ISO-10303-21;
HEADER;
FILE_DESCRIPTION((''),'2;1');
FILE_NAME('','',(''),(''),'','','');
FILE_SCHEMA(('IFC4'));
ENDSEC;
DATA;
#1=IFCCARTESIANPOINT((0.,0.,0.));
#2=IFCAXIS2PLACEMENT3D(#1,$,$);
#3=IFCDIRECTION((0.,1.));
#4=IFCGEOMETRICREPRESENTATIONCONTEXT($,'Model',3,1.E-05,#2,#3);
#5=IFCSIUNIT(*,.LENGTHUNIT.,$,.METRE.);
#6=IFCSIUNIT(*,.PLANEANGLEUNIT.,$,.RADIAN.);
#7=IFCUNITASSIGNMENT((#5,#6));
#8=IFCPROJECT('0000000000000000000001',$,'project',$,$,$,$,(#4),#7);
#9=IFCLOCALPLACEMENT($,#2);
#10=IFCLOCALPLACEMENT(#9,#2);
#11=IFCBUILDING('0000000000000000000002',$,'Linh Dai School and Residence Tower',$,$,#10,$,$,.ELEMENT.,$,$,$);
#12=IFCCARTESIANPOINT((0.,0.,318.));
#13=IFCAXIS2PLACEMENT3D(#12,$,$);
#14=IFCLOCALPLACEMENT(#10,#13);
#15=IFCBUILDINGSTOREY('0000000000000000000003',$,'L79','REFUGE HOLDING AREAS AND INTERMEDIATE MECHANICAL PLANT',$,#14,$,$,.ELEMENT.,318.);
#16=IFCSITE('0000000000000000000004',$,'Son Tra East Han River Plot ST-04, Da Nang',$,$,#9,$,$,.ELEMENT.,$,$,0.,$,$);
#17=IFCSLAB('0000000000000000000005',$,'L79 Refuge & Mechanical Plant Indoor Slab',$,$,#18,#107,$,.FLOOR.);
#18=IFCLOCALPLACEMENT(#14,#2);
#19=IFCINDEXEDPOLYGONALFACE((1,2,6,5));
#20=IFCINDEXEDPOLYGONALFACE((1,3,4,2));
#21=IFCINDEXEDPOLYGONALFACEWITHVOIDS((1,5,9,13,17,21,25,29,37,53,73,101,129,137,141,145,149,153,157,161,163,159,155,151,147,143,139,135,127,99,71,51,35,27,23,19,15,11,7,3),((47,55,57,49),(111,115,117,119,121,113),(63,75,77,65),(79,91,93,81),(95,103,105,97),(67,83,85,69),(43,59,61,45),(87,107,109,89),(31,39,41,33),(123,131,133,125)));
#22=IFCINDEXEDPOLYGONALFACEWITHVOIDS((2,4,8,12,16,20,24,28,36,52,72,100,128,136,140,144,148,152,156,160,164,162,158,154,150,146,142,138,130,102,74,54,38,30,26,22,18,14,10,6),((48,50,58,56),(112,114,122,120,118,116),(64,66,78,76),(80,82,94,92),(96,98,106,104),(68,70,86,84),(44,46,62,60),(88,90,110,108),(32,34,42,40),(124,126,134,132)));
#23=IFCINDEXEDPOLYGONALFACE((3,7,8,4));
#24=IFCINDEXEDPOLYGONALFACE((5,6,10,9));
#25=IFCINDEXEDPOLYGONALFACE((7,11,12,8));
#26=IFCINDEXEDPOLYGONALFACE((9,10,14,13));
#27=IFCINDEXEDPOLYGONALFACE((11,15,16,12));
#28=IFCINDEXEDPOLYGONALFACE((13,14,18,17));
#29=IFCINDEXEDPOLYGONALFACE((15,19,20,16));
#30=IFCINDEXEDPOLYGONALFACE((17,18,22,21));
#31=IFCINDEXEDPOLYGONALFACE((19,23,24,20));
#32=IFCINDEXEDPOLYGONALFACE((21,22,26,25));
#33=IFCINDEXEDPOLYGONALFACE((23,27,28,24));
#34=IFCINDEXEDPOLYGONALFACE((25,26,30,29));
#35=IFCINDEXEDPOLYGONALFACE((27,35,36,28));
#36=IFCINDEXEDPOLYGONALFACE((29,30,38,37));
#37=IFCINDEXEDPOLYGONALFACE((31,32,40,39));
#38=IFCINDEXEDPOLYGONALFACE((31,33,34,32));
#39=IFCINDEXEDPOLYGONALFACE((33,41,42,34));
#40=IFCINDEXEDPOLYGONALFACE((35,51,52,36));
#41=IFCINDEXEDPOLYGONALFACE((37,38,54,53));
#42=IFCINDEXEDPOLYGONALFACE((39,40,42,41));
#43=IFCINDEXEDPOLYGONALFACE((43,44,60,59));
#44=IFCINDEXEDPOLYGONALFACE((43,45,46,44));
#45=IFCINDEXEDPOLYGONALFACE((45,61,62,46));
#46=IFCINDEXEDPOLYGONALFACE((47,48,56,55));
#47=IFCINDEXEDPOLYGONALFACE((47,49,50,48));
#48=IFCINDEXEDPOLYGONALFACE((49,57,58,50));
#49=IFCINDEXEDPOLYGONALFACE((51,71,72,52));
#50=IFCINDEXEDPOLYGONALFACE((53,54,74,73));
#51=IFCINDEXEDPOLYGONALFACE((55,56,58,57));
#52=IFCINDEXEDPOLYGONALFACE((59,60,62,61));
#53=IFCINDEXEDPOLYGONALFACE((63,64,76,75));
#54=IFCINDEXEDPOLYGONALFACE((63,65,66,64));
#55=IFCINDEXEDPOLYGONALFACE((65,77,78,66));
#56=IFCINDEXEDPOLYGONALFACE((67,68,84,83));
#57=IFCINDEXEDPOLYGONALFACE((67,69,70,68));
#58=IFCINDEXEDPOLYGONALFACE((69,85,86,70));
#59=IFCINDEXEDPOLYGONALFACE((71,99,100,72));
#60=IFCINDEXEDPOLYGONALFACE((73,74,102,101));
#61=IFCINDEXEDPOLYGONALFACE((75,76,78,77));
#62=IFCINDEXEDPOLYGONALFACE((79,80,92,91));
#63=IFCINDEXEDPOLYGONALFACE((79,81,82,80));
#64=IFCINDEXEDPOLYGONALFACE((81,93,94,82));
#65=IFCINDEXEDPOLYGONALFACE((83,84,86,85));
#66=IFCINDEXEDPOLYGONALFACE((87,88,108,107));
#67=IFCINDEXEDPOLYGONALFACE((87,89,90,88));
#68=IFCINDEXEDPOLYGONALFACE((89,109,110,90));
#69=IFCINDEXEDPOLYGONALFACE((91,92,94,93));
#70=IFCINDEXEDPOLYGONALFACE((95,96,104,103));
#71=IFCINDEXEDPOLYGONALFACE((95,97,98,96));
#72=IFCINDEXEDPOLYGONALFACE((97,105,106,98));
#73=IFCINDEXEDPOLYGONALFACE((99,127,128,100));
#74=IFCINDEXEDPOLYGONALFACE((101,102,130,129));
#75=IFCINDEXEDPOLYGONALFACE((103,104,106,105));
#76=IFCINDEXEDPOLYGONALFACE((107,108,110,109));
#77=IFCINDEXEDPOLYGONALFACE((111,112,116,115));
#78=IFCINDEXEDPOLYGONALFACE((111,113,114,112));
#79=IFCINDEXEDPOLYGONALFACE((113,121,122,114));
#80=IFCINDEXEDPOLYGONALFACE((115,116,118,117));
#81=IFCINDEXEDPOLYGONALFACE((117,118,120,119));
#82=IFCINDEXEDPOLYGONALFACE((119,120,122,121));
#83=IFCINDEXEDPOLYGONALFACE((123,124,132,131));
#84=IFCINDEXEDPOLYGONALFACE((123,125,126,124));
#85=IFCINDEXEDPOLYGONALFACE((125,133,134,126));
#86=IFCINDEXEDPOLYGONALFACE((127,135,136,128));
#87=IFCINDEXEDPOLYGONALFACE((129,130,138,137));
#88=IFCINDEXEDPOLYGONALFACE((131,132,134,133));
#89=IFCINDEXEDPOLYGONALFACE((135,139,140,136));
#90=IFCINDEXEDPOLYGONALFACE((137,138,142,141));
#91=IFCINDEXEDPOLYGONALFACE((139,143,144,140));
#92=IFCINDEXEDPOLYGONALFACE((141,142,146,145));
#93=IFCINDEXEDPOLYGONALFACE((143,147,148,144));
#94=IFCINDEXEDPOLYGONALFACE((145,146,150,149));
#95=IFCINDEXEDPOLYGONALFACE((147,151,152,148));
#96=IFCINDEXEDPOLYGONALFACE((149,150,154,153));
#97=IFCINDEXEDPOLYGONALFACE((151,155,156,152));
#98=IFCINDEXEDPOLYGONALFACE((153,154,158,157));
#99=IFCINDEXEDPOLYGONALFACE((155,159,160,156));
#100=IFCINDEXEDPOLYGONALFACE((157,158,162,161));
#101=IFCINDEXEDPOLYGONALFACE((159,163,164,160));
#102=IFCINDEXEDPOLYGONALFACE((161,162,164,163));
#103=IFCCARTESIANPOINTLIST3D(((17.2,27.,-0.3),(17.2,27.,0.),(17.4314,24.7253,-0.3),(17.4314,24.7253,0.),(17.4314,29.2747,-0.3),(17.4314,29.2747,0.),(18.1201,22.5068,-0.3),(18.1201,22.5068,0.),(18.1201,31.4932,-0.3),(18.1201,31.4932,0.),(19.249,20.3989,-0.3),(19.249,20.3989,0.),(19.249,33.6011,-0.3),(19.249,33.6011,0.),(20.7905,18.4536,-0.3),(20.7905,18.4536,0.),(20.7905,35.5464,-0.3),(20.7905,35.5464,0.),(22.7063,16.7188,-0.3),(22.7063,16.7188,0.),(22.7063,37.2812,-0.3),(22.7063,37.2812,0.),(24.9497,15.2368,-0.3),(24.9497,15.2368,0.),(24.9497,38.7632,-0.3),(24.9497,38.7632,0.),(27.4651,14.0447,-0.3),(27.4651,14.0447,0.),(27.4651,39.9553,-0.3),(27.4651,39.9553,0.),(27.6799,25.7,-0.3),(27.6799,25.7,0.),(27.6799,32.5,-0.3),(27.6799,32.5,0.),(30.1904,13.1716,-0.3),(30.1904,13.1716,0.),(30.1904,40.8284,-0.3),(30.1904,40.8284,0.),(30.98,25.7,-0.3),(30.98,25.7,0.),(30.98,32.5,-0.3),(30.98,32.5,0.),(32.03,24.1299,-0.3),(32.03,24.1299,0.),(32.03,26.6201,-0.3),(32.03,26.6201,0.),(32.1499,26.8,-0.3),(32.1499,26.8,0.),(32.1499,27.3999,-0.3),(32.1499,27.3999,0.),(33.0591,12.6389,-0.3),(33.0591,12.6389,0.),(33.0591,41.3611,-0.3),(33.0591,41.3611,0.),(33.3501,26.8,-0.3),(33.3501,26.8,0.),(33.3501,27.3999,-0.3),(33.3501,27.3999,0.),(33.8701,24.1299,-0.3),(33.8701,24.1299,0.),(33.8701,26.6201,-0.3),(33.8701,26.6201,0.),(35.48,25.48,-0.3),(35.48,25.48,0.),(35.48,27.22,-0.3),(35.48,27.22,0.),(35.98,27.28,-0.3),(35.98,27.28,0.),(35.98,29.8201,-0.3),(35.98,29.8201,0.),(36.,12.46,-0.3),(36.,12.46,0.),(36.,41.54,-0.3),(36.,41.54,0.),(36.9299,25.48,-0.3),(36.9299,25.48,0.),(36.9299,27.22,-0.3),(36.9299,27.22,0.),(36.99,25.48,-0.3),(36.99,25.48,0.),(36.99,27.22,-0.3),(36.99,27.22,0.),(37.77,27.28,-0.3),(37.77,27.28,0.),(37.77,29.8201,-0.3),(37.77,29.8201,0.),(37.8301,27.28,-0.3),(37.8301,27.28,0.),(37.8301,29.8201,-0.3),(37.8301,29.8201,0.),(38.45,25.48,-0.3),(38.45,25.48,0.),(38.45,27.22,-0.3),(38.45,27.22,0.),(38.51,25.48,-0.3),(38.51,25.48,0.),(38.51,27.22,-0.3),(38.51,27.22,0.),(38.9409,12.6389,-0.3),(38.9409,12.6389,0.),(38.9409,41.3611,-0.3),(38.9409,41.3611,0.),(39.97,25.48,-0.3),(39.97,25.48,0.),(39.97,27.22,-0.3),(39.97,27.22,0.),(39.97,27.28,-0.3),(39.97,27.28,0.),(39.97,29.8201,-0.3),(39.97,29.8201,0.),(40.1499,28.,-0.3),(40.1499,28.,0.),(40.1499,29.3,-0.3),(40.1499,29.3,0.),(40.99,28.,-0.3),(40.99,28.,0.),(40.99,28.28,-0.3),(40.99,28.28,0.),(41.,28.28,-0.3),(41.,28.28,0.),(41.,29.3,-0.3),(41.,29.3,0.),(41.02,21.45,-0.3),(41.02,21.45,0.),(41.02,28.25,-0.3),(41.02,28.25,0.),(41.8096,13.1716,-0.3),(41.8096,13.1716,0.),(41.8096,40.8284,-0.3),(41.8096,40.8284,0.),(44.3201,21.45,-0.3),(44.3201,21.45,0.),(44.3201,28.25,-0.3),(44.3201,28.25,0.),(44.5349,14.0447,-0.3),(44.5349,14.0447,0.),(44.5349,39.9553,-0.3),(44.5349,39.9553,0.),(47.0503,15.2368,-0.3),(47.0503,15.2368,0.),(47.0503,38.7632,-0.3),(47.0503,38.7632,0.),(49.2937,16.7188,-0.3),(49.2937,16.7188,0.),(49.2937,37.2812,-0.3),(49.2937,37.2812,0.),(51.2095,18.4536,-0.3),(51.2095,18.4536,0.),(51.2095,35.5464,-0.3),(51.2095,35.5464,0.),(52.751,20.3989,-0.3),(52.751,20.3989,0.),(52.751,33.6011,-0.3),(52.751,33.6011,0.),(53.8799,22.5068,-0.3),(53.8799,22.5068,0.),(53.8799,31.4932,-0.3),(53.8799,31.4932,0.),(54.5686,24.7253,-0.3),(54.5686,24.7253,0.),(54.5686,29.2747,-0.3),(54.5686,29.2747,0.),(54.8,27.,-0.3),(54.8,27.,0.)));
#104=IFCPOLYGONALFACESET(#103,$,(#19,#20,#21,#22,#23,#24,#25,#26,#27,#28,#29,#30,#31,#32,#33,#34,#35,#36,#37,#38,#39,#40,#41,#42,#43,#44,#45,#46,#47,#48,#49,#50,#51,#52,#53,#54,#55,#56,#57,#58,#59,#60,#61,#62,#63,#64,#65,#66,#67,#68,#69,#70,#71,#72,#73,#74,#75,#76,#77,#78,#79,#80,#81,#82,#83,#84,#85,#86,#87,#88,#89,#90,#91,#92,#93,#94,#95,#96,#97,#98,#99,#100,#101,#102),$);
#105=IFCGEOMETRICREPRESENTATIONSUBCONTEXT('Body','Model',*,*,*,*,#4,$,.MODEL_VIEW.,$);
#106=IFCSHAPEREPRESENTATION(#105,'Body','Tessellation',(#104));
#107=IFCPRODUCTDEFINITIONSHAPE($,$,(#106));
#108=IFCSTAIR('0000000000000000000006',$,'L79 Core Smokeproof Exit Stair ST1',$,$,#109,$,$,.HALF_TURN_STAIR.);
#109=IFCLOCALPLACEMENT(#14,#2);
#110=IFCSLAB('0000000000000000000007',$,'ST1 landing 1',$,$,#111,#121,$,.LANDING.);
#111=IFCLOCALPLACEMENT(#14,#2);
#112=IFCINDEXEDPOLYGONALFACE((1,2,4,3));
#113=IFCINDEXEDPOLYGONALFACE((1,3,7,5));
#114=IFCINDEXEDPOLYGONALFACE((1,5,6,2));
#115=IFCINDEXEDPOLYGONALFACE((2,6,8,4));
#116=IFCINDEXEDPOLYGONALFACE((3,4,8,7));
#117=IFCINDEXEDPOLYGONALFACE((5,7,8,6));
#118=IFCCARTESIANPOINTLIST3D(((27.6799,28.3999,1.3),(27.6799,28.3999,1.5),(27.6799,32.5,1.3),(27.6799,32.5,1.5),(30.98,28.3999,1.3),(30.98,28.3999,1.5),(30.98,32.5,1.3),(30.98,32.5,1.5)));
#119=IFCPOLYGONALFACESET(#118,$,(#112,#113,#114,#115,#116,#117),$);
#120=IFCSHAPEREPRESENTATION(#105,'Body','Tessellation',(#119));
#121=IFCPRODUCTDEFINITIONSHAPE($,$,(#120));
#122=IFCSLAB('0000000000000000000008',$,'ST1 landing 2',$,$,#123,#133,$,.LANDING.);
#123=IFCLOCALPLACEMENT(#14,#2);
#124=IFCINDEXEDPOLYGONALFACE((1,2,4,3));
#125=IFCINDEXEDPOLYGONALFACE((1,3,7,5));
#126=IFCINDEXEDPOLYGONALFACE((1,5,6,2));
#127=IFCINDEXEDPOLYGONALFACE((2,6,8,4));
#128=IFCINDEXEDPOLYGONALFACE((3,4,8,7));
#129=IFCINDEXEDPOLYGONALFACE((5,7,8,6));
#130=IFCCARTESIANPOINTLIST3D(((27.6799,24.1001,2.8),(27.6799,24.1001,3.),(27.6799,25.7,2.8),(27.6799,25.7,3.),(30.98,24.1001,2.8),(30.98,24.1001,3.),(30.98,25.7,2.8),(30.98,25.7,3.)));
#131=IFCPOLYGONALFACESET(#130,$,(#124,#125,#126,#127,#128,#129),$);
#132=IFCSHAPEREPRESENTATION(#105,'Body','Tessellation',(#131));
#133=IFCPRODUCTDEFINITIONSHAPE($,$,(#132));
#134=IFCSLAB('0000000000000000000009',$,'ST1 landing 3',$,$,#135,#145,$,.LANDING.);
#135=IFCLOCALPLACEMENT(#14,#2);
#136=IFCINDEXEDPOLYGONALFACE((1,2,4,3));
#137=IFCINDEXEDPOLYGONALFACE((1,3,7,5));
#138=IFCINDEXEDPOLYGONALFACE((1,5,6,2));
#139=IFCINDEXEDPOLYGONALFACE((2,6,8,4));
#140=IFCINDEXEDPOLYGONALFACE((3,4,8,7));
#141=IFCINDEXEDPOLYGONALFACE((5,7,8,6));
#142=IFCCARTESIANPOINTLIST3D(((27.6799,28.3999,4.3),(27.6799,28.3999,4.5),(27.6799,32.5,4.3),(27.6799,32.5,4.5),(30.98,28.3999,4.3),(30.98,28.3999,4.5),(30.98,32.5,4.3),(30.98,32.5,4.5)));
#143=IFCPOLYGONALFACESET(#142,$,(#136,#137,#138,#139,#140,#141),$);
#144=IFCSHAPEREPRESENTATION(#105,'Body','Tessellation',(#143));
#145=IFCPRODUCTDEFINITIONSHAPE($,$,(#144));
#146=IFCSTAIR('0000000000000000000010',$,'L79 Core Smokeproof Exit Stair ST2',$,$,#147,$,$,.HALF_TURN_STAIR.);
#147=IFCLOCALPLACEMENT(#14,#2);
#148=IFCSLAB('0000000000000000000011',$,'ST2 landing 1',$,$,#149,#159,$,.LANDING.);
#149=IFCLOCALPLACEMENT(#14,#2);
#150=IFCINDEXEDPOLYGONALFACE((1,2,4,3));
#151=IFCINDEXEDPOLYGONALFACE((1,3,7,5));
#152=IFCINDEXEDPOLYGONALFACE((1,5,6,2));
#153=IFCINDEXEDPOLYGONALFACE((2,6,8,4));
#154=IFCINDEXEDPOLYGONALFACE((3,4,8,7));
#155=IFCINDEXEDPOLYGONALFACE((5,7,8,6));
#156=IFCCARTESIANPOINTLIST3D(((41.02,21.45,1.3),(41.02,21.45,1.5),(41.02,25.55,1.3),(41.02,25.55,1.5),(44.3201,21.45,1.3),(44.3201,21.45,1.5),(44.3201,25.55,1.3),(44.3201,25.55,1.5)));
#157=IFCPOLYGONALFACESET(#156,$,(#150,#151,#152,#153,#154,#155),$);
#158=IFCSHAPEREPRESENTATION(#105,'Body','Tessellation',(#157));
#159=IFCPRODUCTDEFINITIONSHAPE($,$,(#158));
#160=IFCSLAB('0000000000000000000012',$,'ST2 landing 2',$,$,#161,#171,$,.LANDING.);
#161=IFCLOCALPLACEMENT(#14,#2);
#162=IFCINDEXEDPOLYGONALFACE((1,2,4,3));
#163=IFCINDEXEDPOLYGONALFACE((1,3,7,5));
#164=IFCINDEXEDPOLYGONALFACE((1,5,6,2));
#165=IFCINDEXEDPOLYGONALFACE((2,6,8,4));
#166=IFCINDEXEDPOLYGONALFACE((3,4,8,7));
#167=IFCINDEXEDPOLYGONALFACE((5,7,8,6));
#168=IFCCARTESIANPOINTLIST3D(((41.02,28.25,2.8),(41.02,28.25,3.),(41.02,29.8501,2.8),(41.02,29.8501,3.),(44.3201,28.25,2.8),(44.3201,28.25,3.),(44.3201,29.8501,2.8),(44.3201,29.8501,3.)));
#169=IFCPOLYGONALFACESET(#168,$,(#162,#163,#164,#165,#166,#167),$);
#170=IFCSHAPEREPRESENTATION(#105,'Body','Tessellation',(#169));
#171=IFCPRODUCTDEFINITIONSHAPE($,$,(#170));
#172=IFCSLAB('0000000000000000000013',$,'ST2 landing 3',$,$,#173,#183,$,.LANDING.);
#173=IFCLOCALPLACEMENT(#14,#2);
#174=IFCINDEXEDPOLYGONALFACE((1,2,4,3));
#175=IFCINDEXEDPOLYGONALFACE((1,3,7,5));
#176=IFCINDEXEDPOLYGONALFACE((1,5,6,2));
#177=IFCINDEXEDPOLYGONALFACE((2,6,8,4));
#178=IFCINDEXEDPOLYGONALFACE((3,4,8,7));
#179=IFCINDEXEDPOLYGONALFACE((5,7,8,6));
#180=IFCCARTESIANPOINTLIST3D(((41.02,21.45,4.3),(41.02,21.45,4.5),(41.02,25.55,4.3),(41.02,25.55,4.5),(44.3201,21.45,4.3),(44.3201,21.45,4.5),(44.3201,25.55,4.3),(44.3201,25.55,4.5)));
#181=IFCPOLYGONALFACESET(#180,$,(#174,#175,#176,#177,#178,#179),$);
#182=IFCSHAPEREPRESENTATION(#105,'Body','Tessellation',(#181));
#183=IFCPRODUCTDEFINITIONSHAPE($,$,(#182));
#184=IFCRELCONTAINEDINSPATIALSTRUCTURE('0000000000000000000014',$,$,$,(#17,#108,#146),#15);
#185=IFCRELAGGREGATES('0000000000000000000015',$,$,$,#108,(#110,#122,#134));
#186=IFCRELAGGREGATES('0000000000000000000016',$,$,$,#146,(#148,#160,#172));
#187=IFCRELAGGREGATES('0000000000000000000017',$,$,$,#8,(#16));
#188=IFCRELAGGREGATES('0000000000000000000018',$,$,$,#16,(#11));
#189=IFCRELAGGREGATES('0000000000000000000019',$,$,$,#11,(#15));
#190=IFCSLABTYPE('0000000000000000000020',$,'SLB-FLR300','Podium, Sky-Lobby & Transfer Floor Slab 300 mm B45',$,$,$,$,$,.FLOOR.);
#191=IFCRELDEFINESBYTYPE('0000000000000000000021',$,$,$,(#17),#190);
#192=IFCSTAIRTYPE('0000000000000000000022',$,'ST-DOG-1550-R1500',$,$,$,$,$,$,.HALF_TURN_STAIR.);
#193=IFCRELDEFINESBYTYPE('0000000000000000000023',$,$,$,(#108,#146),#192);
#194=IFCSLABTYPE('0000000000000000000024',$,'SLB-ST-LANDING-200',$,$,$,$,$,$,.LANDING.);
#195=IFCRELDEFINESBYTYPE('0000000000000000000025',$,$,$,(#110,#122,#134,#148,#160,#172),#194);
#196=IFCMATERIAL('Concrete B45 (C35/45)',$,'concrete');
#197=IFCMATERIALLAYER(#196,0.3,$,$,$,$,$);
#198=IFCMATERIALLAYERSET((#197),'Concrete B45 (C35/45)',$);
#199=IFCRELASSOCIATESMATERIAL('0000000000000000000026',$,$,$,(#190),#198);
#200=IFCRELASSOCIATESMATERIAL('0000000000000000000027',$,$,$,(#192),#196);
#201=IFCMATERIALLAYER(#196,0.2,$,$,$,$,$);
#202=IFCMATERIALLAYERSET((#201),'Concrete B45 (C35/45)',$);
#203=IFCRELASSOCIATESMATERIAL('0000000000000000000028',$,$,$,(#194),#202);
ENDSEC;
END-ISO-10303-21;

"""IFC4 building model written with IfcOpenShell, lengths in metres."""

from ifc_helpers import new_model, si_unit, direction, frame, origin, place, context, subcontext, project, spatial, polyline, outline, extrude, material, layer, layer_set, type_object, element, aggregate, save


model = new_model("IFC4")

# Units and contexts
model_context = context("Model", 3, precision=1e-05, world=origin(), true_north=direction((0.0, 1.0)))
body_context = subcontext(model_context, "Body", "Model", "MODEL_VIEW")
ifc_project = project(units=[si_unit("LENGTHUNIT", "METRE"), si_unit("PLANEANGLEUNIT", "RADIAN")], contexts=[model_context])

# Site, building, storey
site_placement = place(None, origin())
site = spatial("IfcSite", under=ifc_project, at=site_placement, Name="Son Tra East Han River Plot ST-04, Da Nang", CompositionType="ELEMENT", RefElevation=0.0)
building_placement = place(site_placement, origin())
building = spatial("IfcBuilding", under=site, at=building_placement, Name="Linh Dai School and Residence Tower", CompositionType="ELEMENT")
storey_placement = place(building_placement, frame((0.0, 0.0, 318.0)))
storey = spatial("IfcBuildingStorey", under=building, at=storey_placement, Name="L79", Description="REFUGE HOLDING AREAS AND INTERMEDIATE MECHANICAL PLANT", CompositionType="ELEMENT", Elevation=318.0)

# Slab
ifc_material_1 = material(Name="Concrete B45 (C35/45)", Category="concrete")
ifc_layer_1 = layer(ifc_material_1, 0.3)
ifc_layer_set_1 = layer_set([ifc_layer_1], Name="Concrete B45 (C35/45)")
slab_type_1 = type_object("IfcSlabType", Name="SLB-FLR300", Description="Podium, Sky-Lobby & Transfer Floor Slab 300 mm B45", PredefinedType="FLOOR", material=ifc_layer_set_1)
slab_1_placement = place(storey_placement, frame((0.0, 0.0, -0.3)))
element("IfcSlab", 1, at=slab_1_placement, inside=storey, type_object=slab_type_1, Name="L79 Refuge & Mechanical Plant Indoor Slab", PredefinedType="FLOOR", context=body_context, shape_type="SweptSolid", body=[
    extrude(outline(polyline([(54.8, 27.0), (54.5686, 29.2747), (53.8799, 31.4932), (52.751, 33.6011), (51.2095, 35.5464), (49.2937, 37.2812), (47.0503, 38.7632), (44.5349, 39.9553), (41.8096, 40.8284), (38.9409, 41.3611), (36.0, 41.54), (33.0591, 41.3611), (30.1904, 40.8284), (27.4651, 39.9553), (24.9497, 38.7632), (22.7063, 37.2812), (20.7905, 35.5464), (19.249, 33.6011), (18.1201, 31.4932), (17.4314, 29.2747), (17.2, 27.0), (17.4314, 24.7253), (18.1201, 22.5068), (19.249, 20.3989), (20.7905, 18.4536), (22.7063, 16.7188), (24.9497, 15.2368), (27.4651, 14.0447), (30.1904, 13.1716), (33.0591, 12.6389), (36.0, 12.46), (38.9409, 12.6389), (41.8096, 13.1716), (44.5349, 14.0447), (47.0503, 15.2368), (49.2937, 16.7188), (51.2095, 18.4536), (52.751, 20.3989), (53.8799, 22.5068), (54.5686, 24.7253), (54.8, 27.0)]), holes=[polyline([(30.98, 25.7), (30.98, 32.5), (27.6799, 32.5), (27.6799, 25.7), (30.98, 25.7)]), polyline([(41.02, 28.25), (41.02, 21.45), (44.3201, 21.45), (44.3201, 28.25), (41.02, 28.25)]), polyline([(35.98, 27.28), (37.77, 27.28), (37.77, 29.8201), (35.98, 29.8201), (35.98, 27.28)]), polyline([(32.03, 24.1299), (33.8701, 24.1299), (33.8701, 26.6201), (32.03, 26.6201), (32.03, 24.1299)]), polyline([(37.8301, 27.28), (39.97, 27.28), (39.97, 29.8201), (37.8301, 29.8201), (37.8301, 27.28)]), polyline([(35.48, 25.48), (36.9299, 25.48), (36.9299, 27.22), (35.48, 27.22), (35.48, 25.48)]), polyline([(36.99, 25.48), (38.45, 25.48), (38.45, 27.22), (36.99, 27.22), (36.99, 25.48)]), polyline([(38.51, 25.48), (39.97, 25.48), (39.97, 27.22), (38.51, 27.22), (38.51, 25.48)]), polyline([(40.1499, 28.0), (40.1499, 29.3), (41.0, 29.3), (41.0, 28.28), (40.99, 28.28), (40.99, 28.0), (40.1499, 28.0)]), polyline([(32.1499, 26.8), (33.3501, 26.8), (33.3501, 27.3999), (32.1499, 27.3999), (32.1499, 26.8)])]), origin(), (0.0, 0.0, 1.0), 0.3),
])

# Stairs, slabs
stair_type = type_object("IfcStairType", Name="ST-DOG-1550-R1500", PredefinedType="HALF_TURN_STAIR", material=ifc_material_1)
stair_1_placement = place(storey_placement, origin())
stair_1 = element("IfcStair", 2, at=stair_1_placement, inside=storey, type_object=stair_type, Name="L79 Core Smokeproof Exit Stair ST1", PredefinedType="HALF_TURN_STAIR")
ifc_layer_2 = layer(ifc_material_1, 0.2)
ifc_layer_set_2 = layer_set([ifc_layer_2], Name="Concrete B45 (C35/45)")
slab_type_2 = type_object("IfcSlabType", Name="SLB-ST-LANDING-200", PredefinedType="LANDING", material=ifc_layer_set_2)
slab_2_placement = place(storey_placement, frame((0.0, 0.0, 1.3)))
slab_2 = element("IfcSlab", 3, at=slab_2_placement, type_object=slab_type_2, Name="ST1 landing 1", PredefinedType="LANDING", context=body_context, shape_type="SweptSolid", body=[
    extrude(outline(polyline([(30.98, 28.3999), (30.98, 32.5), (27.6799, 32.5), (27.6799, 28.3999), (30.98, 28.3999)])), origin(), (0.0, 0.0, 1.0), 0.2),
])
slab_3_placement = place(storey_placement, frame((0.0, 0.0, 2.8)))
slab_3 = element("IfcSlab", 4, at=slab_3_placement, type_object=slab_type_2, Name="ST1 landing 2", PredefinedType="LANDING", context=body_context, shape_type="SweptSolid", body=[
    extrude(outline(polyline([(30.98, 24.1001), (30.98, 25.7), (27.6799, 25.7), (27.6799, 24.1001), (30.98, 24.1001)])), origin(), (0.0, 0.0, 1.0), 0.2),
])
slab_4_placement = place(storey_placement, frame((0.0, 0.0, 4.3)))
slab_4 = element("IfcSlab", 5, at=slab_4_placement, type_object=slab_type_2, Name="ST1 landing 3", PredefinedType="LANDING", context=body_context, shape_type="SweptSolid", body=[
    extrude(outline(polyline([(30.98, 28.3999), (30.98, 32.5), (27.6799, 32.5), (27.6799, 28.3999), (30.98, 28.3999)])), origin(), (0.0, 0.0, 1.0), 0.2),
])
aggregate(stair_1, [slab_2, slab_3, slab_4])
stair_2_placement = place(storey_placement, origin())
stair_2 = element("IfcStair", 6, at=stair_2_placement, inside=storey, type_object=stair_type, Name="L79 Core Smokeproof Exit Stair ST2", PredefinedType="HALF_TURN_STAIR")
slab_5_placement = place(storey_placement, frame((0.0, 0.0, 1.3)))
slab_5 = element("IfcSlab", 7, at=slab_5_placement, type_object=slab_type_2, Name="ST2 landing 1", PredefinedType="LANDING", context=body_context, shape_type="SweptSolid", body=[
    extrude(outline(polyline([(41.02, 25.55), (41.02, 21.45), (44.3201, 21.45), (44.3201, 25.55), (41.02, 25.55)])), origin(), (0.0, 0.0, 1.0), 0.2),
])
slab_6_placement = place(storey_placement, frame((0.0, 0.0, 2.8)))
slab_6 = element("IfcSlab", 8, at=slab_6_placement, type_object=slab_type_2, Name="ST2 landing 2", PredefinedType="LANDING", context=body_context, shape_type="SweptSolid", body=[
    extrude(outline(polyline([(41.02, 29.8501), (41.02, 28.25), (44.3201, 28.25), (44.3201, 29.8501), (41.02, 29.8501)])), origin(), (0.0, 0.0, 1.0), 0.2),
])
slab_7_placement = place(storey_placement, frame((0.0, 0.0, 4.3)))
slab_7 = element("IfcSlab", 9, at=slab_7_placement, type_object=slab_type_2, Name="ST2 landing 3", PredefinedType="LANDING", context=body_context, shape_type="SweptSolid", body=[
    extrude(outline(polyline([(41.02, 25.55), (41.02, 21.45), (44.3201, 21.45), (44.3201, 25.55), (41.02, 25.55)])), origin(), (0.0, 0.0, 1.0), 0.2),
])
aggregate(stair_2, [slab_5, slab_6, slab_7])

save(model, "model.ifc")
